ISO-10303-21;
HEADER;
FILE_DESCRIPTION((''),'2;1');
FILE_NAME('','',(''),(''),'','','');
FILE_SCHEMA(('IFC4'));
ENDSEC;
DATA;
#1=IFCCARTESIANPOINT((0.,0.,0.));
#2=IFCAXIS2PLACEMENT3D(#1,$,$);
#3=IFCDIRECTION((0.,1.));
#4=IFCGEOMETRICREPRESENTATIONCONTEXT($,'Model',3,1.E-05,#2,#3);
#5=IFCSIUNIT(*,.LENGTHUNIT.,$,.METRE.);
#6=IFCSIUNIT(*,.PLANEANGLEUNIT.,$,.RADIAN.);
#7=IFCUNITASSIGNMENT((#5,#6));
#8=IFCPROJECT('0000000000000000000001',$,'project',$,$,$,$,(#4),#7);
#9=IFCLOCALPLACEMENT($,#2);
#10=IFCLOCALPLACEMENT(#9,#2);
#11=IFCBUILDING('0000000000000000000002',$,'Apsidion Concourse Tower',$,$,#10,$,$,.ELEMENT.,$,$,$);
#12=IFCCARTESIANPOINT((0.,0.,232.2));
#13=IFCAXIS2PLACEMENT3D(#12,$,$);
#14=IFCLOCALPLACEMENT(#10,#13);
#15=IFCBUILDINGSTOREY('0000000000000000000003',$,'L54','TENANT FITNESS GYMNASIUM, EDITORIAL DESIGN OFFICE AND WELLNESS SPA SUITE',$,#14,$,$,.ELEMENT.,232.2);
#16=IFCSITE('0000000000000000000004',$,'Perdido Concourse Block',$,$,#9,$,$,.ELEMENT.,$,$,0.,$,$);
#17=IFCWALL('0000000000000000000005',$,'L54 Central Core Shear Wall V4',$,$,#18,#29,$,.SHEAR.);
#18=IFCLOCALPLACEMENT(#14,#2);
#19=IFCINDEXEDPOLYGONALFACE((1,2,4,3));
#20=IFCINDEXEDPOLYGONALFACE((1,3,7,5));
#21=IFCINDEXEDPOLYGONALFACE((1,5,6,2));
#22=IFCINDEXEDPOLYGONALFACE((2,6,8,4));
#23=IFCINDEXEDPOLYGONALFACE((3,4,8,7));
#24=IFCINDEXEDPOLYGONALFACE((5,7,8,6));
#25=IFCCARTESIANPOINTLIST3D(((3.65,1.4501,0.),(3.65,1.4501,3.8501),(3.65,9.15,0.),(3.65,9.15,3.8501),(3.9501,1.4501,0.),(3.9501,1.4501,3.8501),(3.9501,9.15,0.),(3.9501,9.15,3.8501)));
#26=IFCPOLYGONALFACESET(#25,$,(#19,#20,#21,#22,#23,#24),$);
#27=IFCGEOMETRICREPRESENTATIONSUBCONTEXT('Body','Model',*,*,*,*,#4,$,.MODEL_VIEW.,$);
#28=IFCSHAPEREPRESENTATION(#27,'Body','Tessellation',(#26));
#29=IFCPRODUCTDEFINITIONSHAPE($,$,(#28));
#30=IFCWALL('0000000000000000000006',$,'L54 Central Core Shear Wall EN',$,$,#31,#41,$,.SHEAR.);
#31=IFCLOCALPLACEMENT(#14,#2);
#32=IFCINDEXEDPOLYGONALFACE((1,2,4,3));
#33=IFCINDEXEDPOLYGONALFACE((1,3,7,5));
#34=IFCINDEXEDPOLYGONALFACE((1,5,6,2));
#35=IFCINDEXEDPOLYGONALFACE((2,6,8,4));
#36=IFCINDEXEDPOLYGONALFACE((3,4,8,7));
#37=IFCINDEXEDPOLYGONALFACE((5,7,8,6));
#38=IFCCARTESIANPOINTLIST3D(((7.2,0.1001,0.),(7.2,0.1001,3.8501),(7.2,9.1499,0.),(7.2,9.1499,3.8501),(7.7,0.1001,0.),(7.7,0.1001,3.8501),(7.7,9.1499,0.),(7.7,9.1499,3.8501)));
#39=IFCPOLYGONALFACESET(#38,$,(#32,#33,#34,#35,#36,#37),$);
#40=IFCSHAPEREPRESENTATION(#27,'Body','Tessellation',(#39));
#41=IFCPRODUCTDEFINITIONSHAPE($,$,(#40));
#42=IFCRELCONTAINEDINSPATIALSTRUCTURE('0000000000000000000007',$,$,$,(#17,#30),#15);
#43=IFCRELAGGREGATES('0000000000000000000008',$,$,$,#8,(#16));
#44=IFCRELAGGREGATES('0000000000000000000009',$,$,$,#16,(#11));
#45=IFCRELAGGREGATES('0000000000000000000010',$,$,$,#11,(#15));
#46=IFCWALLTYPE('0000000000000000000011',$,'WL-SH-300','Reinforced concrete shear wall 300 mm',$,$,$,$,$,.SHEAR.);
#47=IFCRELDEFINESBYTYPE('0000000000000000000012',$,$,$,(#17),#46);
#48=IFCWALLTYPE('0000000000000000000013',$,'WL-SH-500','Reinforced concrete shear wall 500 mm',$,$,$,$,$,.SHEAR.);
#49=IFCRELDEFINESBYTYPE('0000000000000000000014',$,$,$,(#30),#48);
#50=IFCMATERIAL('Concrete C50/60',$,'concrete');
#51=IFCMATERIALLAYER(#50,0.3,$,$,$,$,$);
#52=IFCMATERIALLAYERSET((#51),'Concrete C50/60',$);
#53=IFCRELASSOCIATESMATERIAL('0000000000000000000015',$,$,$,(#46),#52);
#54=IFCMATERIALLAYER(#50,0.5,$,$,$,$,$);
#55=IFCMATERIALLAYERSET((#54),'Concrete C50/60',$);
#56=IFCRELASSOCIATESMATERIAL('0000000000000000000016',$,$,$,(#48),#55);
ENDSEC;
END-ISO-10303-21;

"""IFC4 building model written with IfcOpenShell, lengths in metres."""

from ifc_helpers import new_model, si_unit, direction, frame, frame_2d, origin, place, context, subcontext, project, spatial, rectangle, extrude, material, layer, layer_set, type_object, element, save


model = new_model("IFC4")

# Units and contexts
model_context = context("Model", 3, precision=1e-05, world=origin(), true_north=direction((0.0, 1.0)))
body_context = subcontext(model_context, "Body", "Model", "MODEL_VIEW")
ifc_project = project(units=[si_unit("LENGTHUNIT", "METRE"), si_unit("PLANEANGLEUNIT", "RADIAN")], contexts=[model_context])

# Site, building, storey
site_placement = place(None, origin())
site = spatial("IfcSite", under=ifc_project, at=site_placement, Name="Perdido Concourse Block", CompositionType="ELEMENT", RefElevation=0.0)
building_placement = place(site_placement, origin())
building = spatial("IfcBuilding", under=site, at=building_placement, Name="Apsidion Concourse Tower", CompositionType="ELEMENT")
storey_placement = place(building_placement, frame((0.0, 0.0, 232.2)))
storey = spatial("IfcBuildingStorey", under=building, at=storey_placement, Name="L54", Description="TENANT FITNESS GYMNASIUM, EDITORIAL DESIGN OFFICE AND WELLNESS SPA SUITE", CompositionType="ELEMENT", Elevation=232.2)

# Shared definitions
ifc_material_1 = material(Name="Concrete C50/60", Category="concrete")

# Walls
ifc_layer_1 = layer(ifc_material_1, 0.3)
ifc_layer_set_1 = layer_set([ifc_layer_1], Name="Concrete C50/60")
wall_type_1 = type_object("IfcWallType", Name="WL-SH-300", Description="Reinforced concrete shear wall 300 mm", PredefinedType="SHEAR", material=ifc_layer_set_1)
wall_1_placement = place(storey_placement, frame((3.8, 1.45, 0.0), z_axis=(0.0, 0.0, 1.0), x_axis=(0.0, 1.0, 0.0)))
element("IfcWall", 1, at=wall_1_placement, inside=storey, type_object=wall_type_1, Name="L54 Central Core Shear Wall V4", PredefinedType="SHEAR", context=body_context, shape_type="SweptSolid", body=[
    extrude(rectangle(XDim=7.7, YDim=0.3, at=frame_2d((3.8501, 0.0))), origin(), (0.0, 0.0, 1.0), 3.8501),
])
ifc_layer_2 = layer(ifc_material_1, 0.5)
ifc_layer_set_2 = layer_set([ifc_layer_2], Name="Concrete C50/60")
wall_type_2 = type_object("IfcWallType", Name="WL-SH-500", Description="Reinforced concrete shear wall 500 mm", PredefinedType="SHEAR", material=ifc_layer_set_2)
wall_2_placement = place(storey_placement, frame((7.45, 0.1001, 0.0), z_axis=(0.0, 0.0, 1.0), x_axis=(0.0, 1.0, 0.0)))
element("IfcWall", 2, at=wall_2_placement, inside=storey, type_object=wall_type_2, Name="L54 Central Core Shear Wall EN", PredefinedType="SHEAR", context=body_context, shape_type="SweptSolid", body=[
    extrude(rectangle(XDim=9.0498, YDim=0.5, at=frame_2d((4.5249, 0.0))), origin(), (0.0, 0.0, 1.0), 3.8501),
])

save(model, "model.ifc")
